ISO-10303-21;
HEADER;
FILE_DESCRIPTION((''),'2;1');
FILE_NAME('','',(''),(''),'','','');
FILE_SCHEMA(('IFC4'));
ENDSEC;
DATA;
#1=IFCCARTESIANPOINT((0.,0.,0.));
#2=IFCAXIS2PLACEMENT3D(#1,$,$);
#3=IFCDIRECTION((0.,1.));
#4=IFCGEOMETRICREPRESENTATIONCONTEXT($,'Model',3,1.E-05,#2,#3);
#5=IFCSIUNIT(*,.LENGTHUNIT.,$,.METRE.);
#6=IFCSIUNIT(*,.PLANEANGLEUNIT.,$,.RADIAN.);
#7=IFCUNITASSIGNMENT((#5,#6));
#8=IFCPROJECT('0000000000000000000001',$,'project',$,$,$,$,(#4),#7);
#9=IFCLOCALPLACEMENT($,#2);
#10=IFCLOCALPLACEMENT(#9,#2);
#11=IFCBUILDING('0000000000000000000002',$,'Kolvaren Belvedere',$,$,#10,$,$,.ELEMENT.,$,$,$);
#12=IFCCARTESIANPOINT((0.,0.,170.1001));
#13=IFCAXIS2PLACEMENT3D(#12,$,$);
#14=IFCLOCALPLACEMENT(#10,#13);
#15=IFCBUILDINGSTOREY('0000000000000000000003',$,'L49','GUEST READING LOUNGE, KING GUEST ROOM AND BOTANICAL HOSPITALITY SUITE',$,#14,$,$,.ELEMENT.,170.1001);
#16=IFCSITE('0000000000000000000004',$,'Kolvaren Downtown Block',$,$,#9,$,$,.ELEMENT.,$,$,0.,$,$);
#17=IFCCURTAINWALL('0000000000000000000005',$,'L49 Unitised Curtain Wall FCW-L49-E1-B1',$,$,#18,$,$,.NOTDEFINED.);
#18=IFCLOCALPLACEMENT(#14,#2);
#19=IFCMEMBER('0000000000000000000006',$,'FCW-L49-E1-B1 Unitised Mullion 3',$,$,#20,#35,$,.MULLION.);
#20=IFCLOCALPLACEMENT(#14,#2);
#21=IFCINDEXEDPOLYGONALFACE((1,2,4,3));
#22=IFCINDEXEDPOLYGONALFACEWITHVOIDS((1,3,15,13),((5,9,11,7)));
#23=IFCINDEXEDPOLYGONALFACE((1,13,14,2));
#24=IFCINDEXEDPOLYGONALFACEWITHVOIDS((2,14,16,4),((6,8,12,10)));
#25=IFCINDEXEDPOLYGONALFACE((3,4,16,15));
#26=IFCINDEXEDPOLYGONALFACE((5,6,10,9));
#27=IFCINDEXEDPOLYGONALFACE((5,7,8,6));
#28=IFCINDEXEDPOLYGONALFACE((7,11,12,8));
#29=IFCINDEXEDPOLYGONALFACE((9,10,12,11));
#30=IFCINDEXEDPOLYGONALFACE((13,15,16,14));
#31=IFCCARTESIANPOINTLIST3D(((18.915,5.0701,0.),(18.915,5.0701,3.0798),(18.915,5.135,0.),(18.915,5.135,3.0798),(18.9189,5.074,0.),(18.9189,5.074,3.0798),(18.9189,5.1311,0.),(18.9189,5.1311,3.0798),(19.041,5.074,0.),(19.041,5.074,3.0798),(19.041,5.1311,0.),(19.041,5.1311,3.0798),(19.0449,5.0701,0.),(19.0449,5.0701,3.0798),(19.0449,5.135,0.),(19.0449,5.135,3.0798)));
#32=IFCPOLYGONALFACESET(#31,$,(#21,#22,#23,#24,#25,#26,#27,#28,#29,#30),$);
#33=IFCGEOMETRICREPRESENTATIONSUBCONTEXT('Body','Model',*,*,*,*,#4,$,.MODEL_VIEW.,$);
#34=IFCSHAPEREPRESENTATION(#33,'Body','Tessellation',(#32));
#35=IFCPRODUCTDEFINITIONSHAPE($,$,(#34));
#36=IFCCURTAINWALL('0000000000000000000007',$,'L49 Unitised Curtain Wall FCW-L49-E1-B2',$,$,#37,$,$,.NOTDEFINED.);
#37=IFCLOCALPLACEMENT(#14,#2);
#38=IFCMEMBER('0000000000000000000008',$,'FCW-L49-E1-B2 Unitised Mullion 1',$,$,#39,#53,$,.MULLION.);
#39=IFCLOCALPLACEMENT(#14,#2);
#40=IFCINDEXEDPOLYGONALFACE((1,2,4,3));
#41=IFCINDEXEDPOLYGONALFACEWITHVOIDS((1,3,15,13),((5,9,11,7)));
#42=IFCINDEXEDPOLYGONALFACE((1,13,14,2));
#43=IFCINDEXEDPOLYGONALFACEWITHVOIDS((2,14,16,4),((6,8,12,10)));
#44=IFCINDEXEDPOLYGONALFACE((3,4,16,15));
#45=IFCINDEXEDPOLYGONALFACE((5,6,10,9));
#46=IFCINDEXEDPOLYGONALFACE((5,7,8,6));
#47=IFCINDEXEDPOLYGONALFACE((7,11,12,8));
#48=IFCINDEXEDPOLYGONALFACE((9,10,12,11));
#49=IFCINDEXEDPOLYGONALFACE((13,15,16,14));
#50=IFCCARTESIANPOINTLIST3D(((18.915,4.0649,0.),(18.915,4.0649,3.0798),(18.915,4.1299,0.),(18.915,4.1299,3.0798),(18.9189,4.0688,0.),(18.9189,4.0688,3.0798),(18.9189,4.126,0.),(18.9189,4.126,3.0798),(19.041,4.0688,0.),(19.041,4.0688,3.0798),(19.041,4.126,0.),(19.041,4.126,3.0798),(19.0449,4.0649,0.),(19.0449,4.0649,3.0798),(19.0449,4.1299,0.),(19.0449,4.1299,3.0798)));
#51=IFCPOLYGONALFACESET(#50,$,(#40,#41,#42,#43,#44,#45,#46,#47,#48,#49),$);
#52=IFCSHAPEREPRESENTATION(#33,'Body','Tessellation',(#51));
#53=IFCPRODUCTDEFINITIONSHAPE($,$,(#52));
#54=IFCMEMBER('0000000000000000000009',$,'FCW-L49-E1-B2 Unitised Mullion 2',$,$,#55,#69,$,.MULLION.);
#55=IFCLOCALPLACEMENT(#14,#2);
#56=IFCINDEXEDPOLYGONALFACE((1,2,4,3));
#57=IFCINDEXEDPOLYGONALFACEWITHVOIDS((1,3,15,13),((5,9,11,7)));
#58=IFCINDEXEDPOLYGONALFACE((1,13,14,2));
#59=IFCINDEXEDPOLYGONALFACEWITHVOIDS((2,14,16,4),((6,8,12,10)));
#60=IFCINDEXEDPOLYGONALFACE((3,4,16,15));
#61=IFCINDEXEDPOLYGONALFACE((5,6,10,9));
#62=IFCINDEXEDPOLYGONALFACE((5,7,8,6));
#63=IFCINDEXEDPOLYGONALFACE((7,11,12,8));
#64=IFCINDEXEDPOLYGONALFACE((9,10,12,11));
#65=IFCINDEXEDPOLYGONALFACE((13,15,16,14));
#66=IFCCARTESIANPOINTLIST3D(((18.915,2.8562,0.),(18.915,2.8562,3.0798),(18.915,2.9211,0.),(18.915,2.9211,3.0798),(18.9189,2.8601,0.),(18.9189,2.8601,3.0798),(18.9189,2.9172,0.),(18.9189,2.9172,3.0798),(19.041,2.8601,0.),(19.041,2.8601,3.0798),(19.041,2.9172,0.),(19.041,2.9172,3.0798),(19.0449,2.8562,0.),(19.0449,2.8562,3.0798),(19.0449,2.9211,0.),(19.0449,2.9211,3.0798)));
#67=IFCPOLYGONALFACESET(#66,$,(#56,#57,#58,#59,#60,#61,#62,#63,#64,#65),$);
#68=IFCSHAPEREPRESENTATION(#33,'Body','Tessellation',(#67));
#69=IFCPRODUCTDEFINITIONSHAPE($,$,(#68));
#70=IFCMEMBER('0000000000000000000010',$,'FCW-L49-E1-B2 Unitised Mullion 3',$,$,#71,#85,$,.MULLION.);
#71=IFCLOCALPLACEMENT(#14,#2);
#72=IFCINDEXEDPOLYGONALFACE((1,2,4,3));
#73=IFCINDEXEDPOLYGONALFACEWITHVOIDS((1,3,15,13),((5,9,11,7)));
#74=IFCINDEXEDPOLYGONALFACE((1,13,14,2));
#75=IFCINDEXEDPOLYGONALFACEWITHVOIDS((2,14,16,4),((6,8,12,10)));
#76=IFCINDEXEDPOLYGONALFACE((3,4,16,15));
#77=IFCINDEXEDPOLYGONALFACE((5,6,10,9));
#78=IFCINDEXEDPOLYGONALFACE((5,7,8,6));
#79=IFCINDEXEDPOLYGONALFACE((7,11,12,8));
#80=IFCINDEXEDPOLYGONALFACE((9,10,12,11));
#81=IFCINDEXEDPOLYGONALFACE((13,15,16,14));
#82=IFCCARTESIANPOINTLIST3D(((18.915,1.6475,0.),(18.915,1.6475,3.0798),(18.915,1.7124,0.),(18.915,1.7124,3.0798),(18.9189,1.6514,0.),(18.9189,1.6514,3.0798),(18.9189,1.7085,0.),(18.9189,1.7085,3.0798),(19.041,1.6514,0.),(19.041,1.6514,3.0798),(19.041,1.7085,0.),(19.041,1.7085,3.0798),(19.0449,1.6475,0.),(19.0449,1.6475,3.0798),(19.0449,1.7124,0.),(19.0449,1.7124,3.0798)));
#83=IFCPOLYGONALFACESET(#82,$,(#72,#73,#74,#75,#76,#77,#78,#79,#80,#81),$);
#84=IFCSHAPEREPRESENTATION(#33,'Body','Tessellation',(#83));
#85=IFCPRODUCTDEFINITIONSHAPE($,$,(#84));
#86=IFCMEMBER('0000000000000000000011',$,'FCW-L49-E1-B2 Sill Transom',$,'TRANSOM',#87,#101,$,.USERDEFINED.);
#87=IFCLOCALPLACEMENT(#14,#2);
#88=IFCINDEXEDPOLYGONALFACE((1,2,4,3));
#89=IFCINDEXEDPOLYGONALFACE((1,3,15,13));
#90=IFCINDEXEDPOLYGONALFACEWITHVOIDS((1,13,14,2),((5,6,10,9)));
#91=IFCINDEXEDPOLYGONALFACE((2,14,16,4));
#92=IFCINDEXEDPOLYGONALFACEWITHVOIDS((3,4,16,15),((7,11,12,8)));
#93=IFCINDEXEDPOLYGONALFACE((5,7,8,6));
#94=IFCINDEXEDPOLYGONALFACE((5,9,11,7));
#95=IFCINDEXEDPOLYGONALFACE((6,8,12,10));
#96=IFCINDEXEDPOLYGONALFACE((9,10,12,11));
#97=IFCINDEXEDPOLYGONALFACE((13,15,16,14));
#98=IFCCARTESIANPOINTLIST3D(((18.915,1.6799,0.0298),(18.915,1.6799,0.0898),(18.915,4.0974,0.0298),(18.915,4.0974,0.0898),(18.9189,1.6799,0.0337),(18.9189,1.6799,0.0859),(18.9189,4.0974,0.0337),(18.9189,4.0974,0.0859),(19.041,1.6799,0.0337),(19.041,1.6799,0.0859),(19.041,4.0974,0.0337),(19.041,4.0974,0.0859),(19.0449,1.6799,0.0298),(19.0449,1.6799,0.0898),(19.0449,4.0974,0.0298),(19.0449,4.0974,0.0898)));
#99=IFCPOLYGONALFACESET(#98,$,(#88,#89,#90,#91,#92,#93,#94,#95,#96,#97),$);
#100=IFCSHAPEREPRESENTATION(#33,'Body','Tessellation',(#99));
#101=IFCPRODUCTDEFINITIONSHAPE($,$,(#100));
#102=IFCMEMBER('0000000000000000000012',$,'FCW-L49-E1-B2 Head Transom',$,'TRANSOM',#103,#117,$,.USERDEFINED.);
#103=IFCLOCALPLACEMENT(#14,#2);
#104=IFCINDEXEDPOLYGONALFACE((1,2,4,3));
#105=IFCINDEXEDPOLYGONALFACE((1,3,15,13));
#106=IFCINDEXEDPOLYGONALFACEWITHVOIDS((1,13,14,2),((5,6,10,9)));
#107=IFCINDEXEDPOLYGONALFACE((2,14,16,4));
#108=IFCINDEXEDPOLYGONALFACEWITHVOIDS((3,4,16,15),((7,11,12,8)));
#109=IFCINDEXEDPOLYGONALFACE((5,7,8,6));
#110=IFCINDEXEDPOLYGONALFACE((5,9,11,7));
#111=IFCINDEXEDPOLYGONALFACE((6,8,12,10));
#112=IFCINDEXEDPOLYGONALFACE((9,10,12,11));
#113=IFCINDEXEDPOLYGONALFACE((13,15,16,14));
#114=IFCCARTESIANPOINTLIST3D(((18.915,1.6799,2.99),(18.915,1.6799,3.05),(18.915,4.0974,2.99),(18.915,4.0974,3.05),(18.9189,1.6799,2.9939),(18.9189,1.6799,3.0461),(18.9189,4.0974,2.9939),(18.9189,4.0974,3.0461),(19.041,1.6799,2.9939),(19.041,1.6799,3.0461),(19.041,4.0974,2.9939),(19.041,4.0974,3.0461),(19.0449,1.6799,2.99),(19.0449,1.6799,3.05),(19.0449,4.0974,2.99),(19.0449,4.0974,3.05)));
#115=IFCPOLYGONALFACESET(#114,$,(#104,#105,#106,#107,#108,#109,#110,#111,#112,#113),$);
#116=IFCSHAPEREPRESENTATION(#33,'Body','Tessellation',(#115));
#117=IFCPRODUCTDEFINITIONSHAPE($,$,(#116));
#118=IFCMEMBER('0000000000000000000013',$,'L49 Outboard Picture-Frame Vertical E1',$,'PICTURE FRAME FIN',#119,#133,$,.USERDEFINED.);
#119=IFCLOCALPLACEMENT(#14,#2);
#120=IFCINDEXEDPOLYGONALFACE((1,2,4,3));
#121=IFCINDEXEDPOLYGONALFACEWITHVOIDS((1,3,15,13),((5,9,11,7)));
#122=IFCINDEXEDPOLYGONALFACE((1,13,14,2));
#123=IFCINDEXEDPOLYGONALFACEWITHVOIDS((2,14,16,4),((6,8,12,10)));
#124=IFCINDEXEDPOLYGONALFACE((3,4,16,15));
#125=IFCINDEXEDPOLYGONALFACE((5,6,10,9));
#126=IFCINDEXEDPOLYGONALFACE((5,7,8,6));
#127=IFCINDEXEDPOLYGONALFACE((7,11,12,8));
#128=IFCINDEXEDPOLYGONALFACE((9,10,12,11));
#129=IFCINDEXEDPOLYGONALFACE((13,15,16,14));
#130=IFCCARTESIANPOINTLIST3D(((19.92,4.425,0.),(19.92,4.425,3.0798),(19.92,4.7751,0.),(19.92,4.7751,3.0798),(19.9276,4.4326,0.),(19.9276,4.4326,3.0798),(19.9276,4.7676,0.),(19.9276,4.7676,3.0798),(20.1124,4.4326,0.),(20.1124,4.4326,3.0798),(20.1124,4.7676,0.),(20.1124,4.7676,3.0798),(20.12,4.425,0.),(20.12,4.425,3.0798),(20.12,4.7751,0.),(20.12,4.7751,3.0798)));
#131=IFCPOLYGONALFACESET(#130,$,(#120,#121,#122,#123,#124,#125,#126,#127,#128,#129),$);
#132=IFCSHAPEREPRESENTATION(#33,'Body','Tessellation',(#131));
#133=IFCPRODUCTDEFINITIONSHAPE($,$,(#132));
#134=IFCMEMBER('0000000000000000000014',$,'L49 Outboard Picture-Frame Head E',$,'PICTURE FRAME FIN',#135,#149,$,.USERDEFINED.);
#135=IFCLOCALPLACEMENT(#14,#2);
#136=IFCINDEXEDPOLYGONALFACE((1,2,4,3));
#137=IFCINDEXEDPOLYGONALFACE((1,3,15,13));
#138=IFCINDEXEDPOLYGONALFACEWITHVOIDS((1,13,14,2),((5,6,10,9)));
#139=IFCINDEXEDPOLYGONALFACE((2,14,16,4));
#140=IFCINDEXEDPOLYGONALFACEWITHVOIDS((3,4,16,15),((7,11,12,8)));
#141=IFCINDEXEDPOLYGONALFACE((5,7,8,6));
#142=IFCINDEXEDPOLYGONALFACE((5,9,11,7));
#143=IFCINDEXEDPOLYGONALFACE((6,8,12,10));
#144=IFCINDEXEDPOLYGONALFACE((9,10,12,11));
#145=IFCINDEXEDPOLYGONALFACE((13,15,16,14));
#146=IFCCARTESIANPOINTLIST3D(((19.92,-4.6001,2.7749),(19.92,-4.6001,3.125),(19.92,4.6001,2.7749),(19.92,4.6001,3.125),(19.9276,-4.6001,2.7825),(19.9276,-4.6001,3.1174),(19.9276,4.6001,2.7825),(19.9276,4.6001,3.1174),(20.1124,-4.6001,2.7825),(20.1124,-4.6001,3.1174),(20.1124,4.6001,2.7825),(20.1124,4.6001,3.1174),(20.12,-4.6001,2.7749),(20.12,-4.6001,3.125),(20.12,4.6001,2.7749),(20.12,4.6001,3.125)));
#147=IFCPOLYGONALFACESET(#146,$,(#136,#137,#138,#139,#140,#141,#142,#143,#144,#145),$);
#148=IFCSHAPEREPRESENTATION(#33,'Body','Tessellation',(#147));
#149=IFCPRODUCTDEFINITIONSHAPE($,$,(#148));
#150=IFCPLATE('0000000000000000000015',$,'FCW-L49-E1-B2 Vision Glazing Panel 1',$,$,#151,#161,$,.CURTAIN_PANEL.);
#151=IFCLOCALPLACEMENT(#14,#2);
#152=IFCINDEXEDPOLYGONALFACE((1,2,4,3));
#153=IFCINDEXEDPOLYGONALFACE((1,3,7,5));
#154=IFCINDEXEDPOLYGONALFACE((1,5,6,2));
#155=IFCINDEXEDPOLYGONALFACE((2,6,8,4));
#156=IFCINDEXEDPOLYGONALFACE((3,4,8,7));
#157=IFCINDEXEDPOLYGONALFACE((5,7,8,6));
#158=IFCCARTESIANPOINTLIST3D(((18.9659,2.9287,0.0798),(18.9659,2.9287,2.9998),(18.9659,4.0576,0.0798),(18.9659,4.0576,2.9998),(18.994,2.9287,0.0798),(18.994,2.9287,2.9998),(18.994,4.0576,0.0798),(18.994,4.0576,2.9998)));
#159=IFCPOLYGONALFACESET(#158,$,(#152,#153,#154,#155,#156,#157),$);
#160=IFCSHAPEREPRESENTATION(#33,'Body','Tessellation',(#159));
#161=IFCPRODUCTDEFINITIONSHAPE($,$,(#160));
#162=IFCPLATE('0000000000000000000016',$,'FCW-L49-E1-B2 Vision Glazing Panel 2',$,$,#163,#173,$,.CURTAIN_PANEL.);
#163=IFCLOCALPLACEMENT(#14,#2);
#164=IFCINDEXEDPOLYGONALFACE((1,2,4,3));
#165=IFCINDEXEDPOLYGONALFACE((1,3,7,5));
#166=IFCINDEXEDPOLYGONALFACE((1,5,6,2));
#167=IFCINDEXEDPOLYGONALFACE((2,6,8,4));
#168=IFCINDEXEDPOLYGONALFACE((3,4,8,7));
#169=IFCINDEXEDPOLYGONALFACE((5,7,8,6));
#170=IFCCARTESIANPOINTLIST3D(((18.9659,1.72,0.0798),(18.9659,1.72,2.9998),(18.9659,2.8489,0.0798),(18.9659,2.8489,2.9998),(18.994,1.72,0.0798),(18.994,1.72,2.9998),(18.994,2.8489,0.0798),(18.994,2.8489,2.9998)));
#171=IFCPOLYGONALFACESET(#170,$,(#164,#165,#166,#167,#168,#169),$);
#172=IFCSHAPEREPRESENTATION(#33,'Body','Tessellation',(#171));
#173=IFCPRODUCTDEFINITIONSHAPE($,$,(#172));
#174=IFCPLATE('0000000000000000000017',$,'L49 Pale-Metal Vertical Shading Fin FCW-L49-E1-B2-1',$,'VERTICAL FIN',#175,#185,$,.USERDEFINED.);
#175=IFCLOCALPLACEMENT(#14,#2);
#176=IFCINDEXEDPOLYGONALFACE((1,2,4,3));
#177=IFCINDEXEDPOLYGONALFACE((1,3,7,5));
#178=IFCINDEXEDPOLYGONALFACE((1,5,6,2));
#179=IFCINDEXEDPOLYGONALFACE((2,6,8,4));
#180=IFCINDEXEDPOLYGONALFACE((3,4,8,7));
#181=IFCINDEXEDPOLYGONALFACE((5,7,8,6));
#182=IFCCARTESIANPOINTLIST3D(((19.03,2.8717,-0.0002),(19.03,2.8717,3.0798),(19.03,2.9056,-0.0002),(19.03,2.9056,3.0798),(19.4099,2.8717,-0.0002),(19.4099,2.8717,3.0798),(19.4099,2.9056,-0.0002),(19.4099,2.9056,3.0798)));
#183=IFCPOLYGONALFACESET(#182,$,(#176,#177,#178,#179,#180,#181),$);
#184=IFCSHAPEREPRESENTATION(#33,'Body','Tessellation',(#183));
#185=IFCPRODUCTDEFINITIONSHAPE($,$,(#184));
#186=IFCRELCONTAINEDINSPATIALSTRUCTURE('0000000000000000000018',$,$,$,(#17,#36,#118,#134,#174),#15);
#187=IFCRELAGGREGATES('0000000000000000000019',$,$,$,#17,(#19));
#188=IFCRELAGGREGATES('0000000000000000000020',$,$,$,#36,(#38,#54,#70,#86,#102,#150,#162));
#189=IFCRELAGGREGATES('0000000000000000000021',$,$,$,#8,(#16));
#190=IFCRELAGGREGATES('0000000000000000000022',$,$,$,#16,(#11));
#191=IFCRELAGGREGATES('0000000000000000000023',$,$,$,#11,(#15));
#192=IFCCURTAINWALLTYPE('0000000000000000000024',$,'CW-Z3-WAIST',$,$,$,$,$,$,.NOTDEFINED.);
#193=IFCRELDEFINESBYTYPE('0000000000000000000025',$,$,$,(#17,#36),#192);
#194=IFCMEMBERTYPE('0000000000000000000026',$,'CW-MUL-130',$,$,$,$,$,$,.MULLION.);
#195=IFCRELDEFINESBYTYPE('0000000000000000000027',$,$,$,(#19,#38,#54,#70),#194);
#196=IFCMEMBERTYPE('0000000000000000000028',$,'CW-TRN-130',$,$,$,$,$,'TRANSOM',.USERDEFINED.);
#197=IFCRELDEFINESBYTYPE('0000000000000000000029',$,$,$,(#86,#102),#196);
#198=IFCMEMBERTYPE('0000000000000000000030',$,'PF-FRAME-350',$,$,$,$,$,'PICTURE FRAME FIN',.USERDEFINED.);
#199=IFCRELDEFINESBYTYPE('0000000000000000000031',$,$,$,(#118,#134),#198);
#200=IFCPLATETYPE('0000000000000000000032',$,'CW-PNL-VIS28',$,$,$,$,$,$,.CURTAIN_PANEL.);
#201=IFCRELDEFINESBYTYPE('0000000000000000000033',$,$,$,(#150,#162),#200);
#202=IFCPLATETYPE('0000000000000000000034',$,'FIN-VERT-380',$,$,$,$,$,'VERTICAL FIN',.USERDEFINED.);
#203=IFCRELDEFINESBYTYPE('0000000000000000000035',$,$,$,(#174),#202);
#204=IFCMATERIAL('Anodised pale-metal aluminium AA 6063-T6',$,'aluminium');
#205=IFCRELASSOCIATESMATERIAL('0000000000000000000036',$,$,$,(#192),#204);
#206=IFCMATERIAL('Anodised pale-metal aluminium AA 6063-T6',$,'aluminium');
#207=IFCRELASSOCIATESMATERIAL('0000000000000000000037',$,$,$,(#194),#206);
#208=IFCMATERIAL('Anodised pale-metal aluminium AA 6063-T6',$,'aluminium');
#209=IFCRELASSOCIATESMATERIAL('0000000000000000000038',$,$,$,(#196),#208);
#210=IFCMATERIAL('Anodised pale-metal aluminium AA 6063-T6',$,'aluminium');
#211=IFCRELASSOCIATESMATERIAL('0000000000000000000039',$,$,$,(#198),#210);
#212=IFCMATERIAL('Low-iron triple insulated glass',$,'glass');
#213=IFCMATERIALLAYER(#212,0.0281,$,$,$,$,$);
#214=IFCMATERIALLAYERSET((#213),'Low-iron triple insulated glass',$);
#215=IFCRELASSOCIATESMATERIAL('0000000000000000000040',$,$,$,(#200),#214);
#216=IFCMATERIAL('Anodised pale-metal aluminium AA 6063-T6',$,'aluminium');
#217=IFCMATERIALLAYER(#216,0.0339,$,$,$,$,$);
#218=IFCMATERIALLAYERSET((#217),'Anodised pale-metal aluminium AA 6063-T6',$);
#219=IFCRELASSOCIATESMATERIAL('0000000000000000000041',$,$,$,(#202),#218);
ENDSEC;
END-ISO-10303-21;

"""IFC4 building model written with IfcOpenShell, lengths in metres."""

from ifc_helpers import new_model, si_unit, direction, frame, origin, origin_2d, place, context, subcontext, project, spatial, rectangle, hollow_rectangle, extrude, material, layer, layer_set, material_profile, profile_set, type_object, element, aggregate, save


model = new_model("IFC4")

# Units and contexts
model_context = context("Model", 3, precision=1e-05, world=origin(), true_north=direction((0.0, 1.0)))
body_context = subcontext(model_context, "Body", "Model", "MODEL_VIEW")
ifc_project = project(units=[si_unit("LENGTHUNIT", "METRE"), si_unit("PLANEANGLEUNIT", "RADIAN")], contexts=[model_context])

# Site, building, storey
site_placement = place(None, origin())
site = spatial("IfcSite", under=ifc_project, at=site_placement, Name="Kolvaren Downtown Block", CompositionType="ELEMENT", RefElevation=0.0)
building_placement = place(site_placement, origin())
building = spatial("IfcBuilding", under=site, at=building_placement, Name="Kolvaren Belvedere", CompositionType="ELEMENT")
storey_placement = place(building_placement, frame((0.0, 0.0, 170.1001)))
storey = spatial("IfcBuildingStorey", under=building, at=storey_placement, Name="L49", Description="GUEST READING LOUNGE, KING GUEST ROOM AND BOTANICAL HOSPITALITY SUITE", CompositionType="ELEMENT", Elevation=170.1001)

# Curtain wall, member
ifc_material_1 = material(Name="Anodised pale-metal aluminium AA 6063-T6", Category="aluminium")
curtain_wall_type = type_object("IfcCurtainWallType", Name="CW-Z3-WAIST", PredefinedType="NOTDEFINED", material=ifc_material_1)
curtain_wall_1_placement = place(storey_placement, origin())
curtain_wall_1 = element("IfcCurtainWall", 1, at=curtain_wall_1_placement, inside=storey, type_object=curtain_wall_type, Name="L49 Unitised Curtain Wall FCW-L49-E1-B1", PredefinedType="NOTDEFINED")
ifc_material_2 = material(Name="Anodised pale-metal aluminium AA 6063-T6", Category="aluminium")
ifc_material_profile_1 = material_profile(ifc_material_2, hollow_rectangle(XDim=0.0649, YDim=0.1299, WallThickness=0.0039, at=origin_2d()), Name="ALU-MUL-130X65")
ifc_profile_set_1 = profile_set([ifc_material_profile_1], Name="Anodised pale-metal aluminium AA 6063-T6")
member_type_1 = type_object("IfcMemberType", Name="CW-MUL-130", PredefinedType="MULLION", material=ifc_profile_set_1)
member_1_placement = place(storey_placement, frame((18.98, 5.1025, 0.0), z_axis=(0.0, 0.0, 1.0), x_axis=(0.0, 1.0, 0.0)))
member_1 = element("IfcMember", 2, at=member_1_placement, type_object=member_type_1, Name="FCW-L49-E1-B1 Unitised Mullion 3", PredefinedType="MULLION", context=body_context, shape_type="SweptSolid", body=[
    extrude(hollow_rectangle(XDim=0.0649, YDim=0.1299, WallThickness=0.0039, at=origin_2d()), origin(), (0.0, 0.0, 1.0), 3.0798),
])
aggregate(curtain_wall_1, [member_1])

# Curtain wall, members
curtain_wall_2_placement = place(storey_placement, origin())
curtain_wall_2 = element("IfcCurtainWall", 3, at=curtain_wall_2_placement, inside=storey, type_object=curtain_wall_type, Name="L49 Unitised Curtain Wall FCW-L49-E1-B2", PredefinedType="NOTDEFINED")
member_2_placement = place(storey_placement, frame((18.98, 4.0974, 0.0), z_axis=(0.0, 0.0, 1.0), x_axis=(0.0, 1.0, 0.0)))
member_2 = element("IfcMember", 4, at=member_2_placement, type_object=member_type_1, Name="FCW-L49-E1-B2 Unitised Mullion 1", PredefinedType="MULLION", context=body_context, shape_type="SweptSolid", body=[
    extrude(hollow_rectangle(XDim=0.0649, YDim=0.1299, WallThickness=0.0039, at=origin_2d()), origin(), (0.0, 0.0, 1.0), 3.0798),
])
member_3_placement = place(storey_placement, frame((18.98, 2.8887, 0.0), z_axis=(0.0, 0.0, 1.0), x_axis=(0.0, 1.0, 0.0)))
member_3 = element("IfcMember", 5, at=member_3_placement, type_object=member_type_1, Name="FCW-L49-E1-B2 Unitised Mullion 2", PredefinedType="MULLION", context=body_context, shape_type="SweptSolid", body=[
    extrude(hollow_rectangle(XDim=0.0649, YDim=0.1299, WallThickness=0.0039, at=origin_2d()), origin(), (0.0, 0.0, 1.0), 3.0798),
])
member_4_placement = place(storey_placement, frame((18.98, 1.6799, 0.0), z_axis=(0.0, 0.0, 1.0), x_axis=(0.0, 1.0, 0.0)))
member_4 = element("IfcMember", 6, at=member_4_placement, type_object=member_type_1, Name="FCW-L49-E1-B2 Unitised Mullion 3", PredefinedType="MULLION", context=body_context, shape_type="SweptSolid", body=[
    extrude(hollow_rectangle(XDim=0.0649, YDim=0.1299, WallThickness=0.0039, at=origin_2d()), origin(), (0.0, 0.0, 1.0), 3.0798),
])
ifc_material_3 = material(Name="Anodised pale-metal aluminium AA 6063-T6", Category="aluminium")
ifc_material_profile_2 = material_profile(ifc_material_3, hollow_rectangle(XDim=0.0601, YDim=0.1299, WallThickness=0.0039, at=origin_2d()), Name="ALU-TRN-130X60")
ifc_profile_set_2 = profile_set([ifc_material_profile_2], Name="Anodised pale-metal aluminium AA 6063-T6")
member_type_2 = type_object("IfcMemberType", Name="CW-TRN-130", ElementType="TRANSOM", PredefinedType="USERDEFINED", material=ifc_profile_set_2)
member_5_placement = place(storey_placement, frame((18.98, 4.0974, 0.0598), z_axis=(0.0, -1.0, 0.0), x_axis=(0.0, 0.0, 1.0)))
member_5 = element("IfcMember", 7, at=member_5_placement, type_object=member_type_2, Name="FCW-L49-E1-B2 Sill Transom", ObjectType="TRANSOM", PredefinedType="USERDEFINED", context=body_context, shape_type="SweptSolid", body=[
    extrude(hollow_rectangle(XDim=0.0601, YDim=0.1299, WallThickness=0.0039, at=origin_2d()), origin(), (0.0, 0.0, 1.0), 2.4175),
])
member_6_placement = place(storey_placement, frame((18.98, 4.0974, 3.02), z_axis=(0.0, -1.0, 0.0), x_axis=(0.0, 0.0, 1.0)))
member_6 = element("IfcMember", 8, at=member_6_placement, type_object=member_type_2, Name="FCW-L49-E1-B2 Head Transom", ObjectType="TRANSOM", PredefinedType="USERDEFINED", context=body_context, shape_type="SweptSolid", body=[
    extrude(hollow_rectangle(XDim=0.0601, YDim=0.1299, WallThickness=0.0039, at=origin_2d()), origin(), (0.0, 0.0, 1.0), 2.4175),
])

# Members
ifc_material_4 = material(Name="Anodised pale-metal aluminium AA 6063-T6", Category="aluminium")
ifc_material_profile_3 = material_profile(ifc_material_4, hollow_rectangle(XDim=0.2, YDim=0.3501, WallThickness=0.0076, at=origin_2d()), Name="ALU-PF-350X200")
ifc_profile_set_3 = profile_set([ifc_material_profile_3], Name="Anodised pale-metal aluminium AA 6063-T6")
member_type_3 = type_object("IfcMemberType", Name="PF-FRAME-350", ElementType="PICTURE FRAME FIN", PredefinedType="USERDEFINED", material=ifc_profile_set_3)
member_7_placement = place(storey_placement, frame((20.02, 4.6001, 0.0), z_axis=(0.0, 0.0, 1.0), x_axis=(1.0, 0.0, 0.0)))
element("IfcMember", 9, at=member_7_placement, inside=storey, type_object=member_type_3, Name="L49 Outboard Picture-Frame Vertical E1", ObjectType="PICTURE FRAME FIN", PredefinedType="USERDEFINED", context=body_context, shape_type="SweptSolid", body=[
    extrude(hollow_rectangle(XDim=0.2, YDim=0.3501, WallThickness=0.0076, at=origin_2d()), origin(), (0.0, 0.0, 1.0), 3.0798),
])
member_8_placement = place(storey_placement, frame((20.02, 4.6001, 2.95), z_axis=(0.0, -1.0, 0.0), x_axis=(1.0, 0.0, 0.0)))
element("IfcMember", 10, at=member_8_placement, inside=storey, type_object=member_type_3, Name="L49 Outboard Picture-Frame Head E", ObjectType="PICTURE FRAME FIN", PredefinedType="USERDEFINED", context=body_context, shape_type="SweptSolid", body=[
    extrude(hollow_rectangle(XDim=0.2, YDim=0.3501, WallThickness=0.0076, at=origin_2d()), origin(), (0.0, 0.0, 1.0), 9.2002),
])

# Plates
ifc_material_5 = material(Name="Low-iron triple insulated glass", Category="glass")
ifc_layer_1 = layer(ifc_material_5, 0.0281)
ifc_layer_set_1 = layer_set([ifc_layer_1], Name="Low-iron triple insulated glass")
plate_type_1 = type_object("IfcPlateType", Name="CW-PNL-VIS28", PredefinedType="CURTAIN_PANEL", material=ifc_layer_set_1)
plate_1_placement = place(storey_placement, frame((18.98, 3.4932, 0.0798), z_axis=(0.0, 0.0, 1.0), x_axis=(0.0, -1.0, 0.0)))
plate_1 = element("IfcPlate", 11, at=plate_1_placement, type_object=plate_type_1, Name="FCW-L49-E1-B2 Vision Glazing Panel 1", PredefinedType="CURTAIN_PANEL", context=body_context, shape_type="SweptSolid", body=[
    extrude(rectangle(XDim=1.1289, YDim=0.0281, at=origin_2d()), origin(), (0.0, 0.0, 1.0), 2.9199),
])
plate_2_placement = place(storey_placement, frame((18.98, 2.2844, 0.0798), z_axis=(0.0, 0.0, 1.0), x_axis=(0.0, -1.0, 0.0)))
plate_2 = element("IfcPlate", 12, at=plate_2_placement, type_object=plate_type_1, Name="FCW-L49-E1-B2 Vision Glazing Panel 2", PredefinedType="CURTAIN_PANEL", context=body_context, shape_type="SweptSolid", body=[
    extrude(rectangle(XDim=1.1289, YDim=0.0281, at=origin_2d()), origin(), (0.0, 0.0, 1.0), 2.9199),
])
aggregate(curtain_wall_2, [member_2, member_3, member_4, member_5, member_6, plate_1, plate_2])
ifc_material_6 = material(Name="Anodised pale-metal aluminium AA 6063-T6", Category="aluminium")
ifc_layer_2 = layer(ifc_material_6, 0.0339)
ifc_layer_set_2 = layer_set([ifc_layer_2], Name="Anodised pale-metal aluminium AA 6063-T6")
plate_type_2 = type_object("IfcPlateType", Name="FIN-VERT-380", ElementType="VERTICAL FIN", PredefinedType="USERDEFINED", material=ifc_layer_set_2)
plate_3_placement = place(storey_placement, frame((19.22, 2.8887, -0.0002), z_axis=(0.0, 0.0, 1.0), x_axis=(1.0, 0.0, 0.0)))
element("IfcPlate", 13, at=plate_3_placement, inside=storey, type_object=plate_type_2, Name="L49 Pale-Metal Vertical Shading Fin FCW-L49-E1-B2-1", ObjectType="VERTICAL FIN", PredefinedType="USERDEFINED", context=body_context, shape_type="SweptSolid", body=[
    extrude(rectangle(XDim=0.3799, YDim=0.0339, at=origin_2d()), origin(), (0.0, 0.0, 1.0), 3.0801),
])

save(model, "model.ifc")
